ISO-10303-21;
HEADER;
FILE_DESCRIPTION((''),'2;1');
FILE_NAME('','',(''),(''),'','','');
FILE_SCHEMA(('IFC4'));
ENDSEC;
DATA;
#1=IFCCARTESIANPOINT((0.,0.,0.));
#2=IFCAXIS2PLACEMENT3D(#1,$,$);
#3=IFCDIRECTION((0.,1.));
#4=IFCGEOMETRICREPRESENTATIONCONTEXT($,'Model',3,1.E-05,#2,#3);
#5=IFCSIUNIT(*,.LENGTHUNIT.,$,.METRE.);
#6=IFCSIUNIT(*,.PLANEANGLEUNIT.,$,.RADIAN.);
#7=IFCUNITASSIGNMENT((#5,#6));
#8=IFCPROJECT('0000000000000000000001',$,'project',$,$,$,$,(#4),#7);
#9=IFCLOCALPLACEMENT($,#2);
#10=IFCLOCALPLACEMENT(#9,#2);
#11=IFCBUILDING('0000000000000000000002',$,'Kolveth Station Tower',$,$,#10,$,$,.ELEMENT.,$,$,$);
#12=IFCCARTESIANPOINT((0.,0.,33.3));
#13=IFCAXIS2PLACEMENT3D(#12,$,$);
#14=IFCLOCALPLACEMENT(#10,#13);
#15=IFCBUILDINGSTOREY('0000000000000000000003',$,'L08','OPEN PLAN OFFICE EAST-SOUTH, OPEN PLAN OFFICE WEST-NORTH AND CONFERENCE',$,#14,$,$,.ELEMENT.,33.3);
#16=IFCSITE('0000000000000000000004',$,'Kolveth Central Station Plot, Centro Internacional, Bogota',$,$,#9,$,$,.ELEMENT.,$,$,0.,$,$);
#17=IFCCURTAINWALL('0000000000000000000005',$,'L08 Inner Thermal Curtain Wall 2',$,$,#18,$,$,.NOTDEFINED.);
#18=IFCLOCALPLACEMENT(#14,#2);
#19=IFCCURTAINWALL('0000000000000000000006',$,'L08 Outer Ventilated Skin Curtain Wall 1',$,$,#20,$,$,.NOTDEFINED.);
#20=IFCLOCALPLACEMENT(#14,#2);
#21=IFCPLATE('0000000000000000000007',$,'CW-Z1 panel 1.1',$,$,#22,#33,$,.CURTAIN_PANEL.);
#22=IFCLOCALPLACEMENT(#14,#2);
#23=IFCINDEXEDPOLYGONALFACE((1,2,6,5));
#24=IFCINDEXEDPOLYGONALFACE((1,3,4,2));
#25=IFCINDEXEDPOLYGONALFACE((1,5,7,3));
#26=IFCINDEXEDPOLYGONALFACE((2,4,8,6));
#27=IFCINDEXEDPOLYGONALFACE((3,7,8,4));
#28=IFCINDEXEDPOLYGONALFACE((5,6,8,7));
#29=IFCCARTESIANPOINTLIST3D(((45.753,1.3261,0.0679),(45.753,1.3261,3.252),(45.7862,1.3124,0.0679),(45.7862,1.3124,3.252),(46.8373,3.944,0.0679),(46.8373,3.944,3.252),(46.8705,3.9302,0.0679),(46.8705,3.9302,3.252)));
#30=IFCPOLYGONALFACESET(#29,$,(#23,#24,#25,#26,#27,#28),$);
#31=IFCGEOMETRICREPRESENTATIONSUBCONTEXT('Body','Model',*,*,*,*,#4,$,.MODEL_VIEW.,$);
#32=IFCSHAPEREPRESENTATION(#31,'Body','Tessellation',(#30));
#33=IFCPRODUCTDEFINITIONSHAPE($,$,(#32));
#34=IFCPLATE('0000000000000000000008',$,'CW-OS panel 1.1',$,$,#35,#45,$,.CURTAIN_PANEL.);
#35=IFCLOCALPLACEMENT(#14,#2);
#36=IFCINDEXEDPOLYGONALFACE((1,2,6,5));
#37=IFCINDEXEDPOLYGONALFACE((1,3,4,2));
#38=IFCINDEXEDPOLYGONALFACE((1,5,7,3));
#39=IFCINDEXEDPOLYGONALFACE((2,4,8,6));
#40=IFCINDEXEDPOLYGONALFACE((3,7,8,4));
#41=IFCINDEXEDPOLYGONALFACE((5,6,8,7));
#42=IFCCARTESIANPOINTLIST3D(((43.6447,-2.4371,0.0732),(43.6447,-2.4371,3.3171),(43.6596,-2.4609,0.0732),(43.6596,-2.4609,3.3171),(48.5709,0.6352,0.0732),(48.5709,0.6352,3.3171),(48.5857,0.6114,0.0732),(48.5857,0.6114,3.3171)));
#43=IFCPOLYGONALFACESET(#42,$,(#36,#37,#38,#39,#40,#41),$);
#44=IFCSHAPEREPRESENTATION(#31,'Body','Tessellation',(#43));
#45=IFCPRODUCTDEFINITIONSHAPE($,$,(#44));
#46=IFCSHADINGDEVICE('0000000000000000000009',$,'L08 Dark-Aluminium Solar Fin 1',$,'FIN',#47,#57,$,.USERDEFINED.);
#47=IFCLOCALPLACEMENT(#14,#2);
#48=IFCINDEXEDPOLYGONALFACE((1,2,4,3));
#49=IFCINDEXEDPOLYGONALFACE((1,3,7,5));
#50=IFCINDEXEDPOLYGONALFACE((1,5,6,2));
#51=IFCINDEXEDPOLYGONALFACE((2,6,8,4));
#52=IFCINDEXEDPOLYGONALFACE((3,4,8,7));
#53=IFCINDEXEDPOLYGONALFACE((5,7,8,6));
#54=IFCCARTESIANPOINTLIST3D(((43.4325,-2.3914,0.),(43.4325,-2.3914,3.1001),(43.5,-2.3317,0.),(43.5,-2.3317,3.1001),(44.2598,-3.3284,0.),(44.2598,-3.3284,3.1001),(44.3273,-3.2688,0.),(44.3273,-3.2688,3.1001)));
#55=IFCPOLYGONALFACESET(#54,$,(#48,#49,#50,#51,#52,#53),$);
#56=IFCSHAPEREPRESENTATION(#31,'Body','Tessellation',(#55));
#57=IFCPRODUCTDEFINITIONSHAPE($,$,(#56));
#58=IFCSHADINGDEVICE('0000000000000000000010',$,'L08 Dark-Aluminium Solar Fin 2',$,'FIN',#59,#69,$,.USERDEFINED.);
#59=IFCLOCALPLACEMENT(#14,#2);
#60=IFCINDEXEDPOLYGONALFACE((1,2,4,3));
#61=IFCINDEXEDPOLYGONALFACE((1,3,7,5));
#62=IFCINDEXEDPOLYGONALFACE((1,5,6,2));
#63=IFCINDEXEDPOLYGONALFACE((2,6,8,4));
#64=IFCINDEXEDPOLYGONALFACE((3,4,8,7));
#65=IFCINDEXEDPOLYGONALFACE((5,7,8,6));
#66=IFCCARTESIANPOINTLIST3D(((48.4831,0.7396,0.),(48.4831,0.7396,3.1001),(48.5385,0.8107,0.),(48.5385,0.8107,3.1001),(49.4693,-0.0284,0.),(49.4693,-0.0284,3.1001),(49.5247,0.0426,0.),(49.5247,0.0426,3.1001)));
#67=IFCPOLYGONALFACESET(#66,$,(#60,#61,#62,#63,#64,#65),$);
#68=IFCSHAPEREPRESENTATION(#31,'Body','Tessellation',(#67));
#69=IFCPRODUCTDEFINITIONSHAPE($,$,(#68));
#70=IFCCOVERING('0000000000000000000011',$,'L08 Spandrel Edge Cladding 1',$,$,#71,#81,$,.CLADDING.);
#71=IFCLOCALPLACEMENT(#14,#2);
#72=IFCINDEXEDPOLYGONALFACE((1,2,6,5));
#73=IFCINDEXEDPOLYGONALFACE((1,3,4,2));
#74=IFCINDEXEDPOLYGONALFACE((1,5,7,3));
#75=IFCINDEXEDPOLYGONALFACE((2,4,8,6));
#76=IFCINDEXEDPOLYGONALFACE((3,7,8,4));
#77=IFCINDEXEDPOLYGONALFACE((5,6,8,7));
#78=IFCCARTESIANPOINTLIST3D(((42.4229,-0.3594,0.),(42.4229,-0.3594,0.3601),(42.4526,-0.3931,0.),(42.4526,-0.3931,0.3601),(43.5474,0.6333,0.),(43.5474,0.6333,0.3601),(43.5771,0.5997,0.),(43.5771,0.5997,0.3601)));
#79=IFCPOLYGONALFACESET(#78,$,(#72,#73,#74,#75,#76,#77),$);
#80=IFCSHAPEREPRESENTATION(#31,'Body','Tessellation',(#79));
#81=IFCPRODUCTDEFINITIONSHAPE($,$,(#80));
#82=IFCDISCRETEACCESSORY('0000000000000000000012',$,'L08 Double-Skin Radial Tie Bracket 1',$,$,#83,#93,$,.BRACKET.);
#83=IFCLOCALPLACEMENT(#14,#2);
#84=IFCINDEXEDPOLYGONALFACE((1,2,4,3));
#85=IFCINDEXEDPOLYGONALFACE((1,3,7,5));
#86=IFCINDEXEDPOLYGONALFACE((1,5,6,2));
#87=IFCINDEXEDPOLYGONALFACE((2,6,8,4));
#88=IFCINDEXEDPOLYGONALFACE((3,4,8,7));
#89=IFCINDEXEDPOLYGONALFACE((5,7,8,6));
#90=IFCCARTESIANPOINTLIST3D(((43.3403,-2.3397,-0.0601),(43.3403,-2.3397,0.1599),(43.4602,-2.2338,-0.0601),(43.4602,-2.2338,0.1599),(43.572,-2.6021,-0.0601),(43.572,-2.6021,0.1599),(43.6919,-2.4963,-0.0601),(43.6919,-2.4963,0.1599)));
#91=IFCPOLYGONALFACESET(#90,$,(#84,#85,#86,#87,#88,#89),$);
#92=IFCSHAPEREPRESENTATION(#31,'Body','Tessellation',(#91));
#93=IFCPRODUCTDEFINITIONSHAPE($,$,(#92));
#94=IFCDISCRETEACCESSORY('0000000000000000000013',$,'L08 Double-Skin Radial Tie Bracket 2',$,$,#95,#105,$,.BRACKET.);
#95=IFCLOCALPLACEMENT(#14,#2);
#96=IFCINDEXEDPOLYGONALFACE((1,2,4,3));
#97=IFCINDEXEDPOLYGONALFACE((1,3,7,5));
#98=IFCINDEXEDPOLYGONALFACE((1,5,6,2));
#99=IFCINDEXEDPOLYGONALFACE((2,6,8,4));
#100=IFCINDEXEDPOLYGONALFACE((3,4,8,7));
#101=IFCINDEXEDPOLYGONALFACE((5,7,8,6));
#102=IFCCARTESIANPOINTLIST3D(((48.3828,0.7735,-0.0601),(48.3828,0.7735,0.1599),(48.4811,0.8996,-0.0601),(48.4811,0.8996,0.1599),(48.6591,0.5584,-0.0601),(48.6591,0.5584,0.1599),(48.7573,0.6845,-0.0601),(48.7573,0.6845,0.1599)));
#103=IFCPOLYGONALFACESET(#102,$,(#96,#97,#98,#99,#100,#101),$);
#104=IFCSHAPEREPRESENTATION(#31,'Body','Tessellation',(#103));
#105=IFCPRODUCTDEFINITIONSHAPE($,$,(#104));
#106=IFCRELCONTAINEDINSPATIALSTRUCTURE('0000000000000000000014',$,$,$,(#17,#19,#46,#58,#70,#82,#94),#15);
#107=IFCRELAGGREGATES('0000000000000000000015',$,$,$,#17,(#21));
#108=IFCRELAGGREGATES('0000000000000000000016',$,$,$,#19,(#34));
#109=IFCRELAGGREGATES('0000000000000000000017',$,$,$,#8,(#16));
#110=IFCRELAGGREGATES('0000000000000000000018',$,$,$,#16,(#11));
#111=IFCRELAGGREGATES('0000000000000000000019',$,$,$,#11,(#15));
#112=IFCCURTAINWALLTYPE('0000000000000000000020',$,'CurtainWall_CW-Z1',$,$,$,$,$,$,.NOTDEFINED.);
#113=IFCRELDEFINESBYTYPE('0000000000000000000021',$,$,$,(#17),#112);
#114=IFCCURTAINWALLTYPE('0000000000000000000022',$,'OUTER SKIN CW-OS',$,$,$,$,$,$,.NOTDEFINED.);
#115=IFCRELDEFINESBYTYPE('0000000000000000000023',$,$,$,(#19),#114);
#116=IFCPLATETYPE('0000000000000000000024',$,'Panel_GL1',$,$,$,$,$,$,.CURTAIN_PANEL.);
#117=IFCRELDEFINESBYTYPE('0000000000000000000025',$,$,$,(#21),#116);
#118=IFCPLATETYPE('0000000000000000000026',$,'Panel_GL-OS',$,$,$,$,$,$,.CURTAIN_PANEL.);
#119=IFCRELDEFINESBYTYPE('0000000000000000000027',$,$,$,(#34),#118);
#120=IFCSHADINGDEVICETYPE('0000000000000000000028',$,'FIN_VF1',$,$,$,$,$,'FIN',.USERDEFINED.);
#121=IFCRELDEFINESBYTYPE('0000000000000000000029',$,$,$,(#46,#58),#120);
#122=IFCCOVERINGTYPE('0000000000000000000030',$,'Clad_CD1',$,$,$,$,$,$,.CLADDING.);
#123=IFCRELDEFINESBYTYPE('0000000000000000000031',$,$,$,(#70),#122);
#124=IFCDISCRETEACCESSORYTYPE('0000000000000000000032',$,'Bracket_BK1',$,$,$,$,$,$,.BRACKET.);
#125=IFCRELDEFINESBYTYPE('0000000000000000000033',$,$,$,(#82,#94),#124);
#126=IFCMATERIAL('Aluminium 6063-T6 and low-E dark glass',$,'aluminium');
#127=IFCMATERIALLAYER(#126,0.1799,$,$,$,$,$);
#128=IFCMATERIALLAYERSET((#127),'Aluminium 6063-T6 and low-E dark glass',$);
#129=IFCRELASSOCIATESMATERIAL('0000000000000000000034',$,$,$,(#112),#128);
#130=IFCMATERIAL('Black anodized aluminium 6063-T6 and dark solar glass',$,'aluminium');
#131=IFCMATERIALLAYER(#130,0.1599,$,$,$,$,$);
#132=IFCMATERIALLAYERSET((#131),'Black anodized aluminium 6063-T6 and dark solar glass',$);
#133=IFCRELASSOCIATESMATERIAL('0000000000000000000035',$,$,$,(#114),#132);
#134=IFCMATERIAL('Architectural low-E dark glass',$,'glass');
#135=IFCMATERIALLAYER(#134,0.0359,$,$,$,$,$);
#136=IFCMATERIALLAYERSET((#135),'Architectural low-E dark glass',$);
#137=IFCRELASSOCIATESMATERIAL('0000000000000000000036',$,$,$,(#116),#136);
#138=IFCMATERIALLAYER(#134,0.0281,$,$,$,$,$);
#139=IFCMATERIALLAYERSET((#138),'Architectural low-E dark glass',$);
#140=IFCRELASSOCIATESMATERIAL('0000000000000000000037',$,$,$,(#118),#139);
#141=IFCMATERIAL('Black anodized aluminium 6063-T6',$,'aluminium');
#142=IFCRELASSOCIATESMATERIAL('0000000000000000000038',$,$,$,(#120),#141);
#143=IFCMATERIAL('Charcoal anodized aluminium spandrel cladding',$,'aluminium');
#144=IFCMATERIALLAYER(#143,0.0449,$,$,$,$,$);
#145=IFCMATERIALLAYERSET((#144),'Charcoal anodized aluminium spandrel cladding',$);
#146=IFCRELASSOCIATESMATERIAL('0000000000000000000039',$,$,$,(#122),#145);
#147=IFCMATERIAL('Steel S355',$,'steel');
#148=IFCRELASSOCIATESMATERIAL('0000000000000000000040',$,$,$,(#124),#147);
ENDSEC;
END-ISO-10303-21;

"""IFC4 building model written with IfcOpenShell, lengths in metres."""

from ifc_helpers import new_model, si_unit, direction, frame, origin, origin_2d, place, context, subcontext, project, spatial, rectangle, extrude, source, transform, mapped, material, layer, layer_set, type_object, element, aggregate, save


model = new_model("IFC4")

# Units and contexts
model_context = context("Model", 3, precision=1e-05, world=origin(), true_north=direction((0.0, 1.0)))
body_context = subcontext(model_context, "Body", "Model", "MODEL_VIEW")
ifc_project = project(units=[si_unit("LENGTHUNIT", "METRE"), si_unit("PLANEANGLEUNIT", "RADIAN")], contexts=[model_context])

# Site, building, storey
site_placement = place(None, origin())
site = spatial("IfcSite", under=ifc_project, at=site_placement, Name="Kolveth Central Station Plot, Centro Internacional, Bogota", CompositionType="ELEMENT", RefElevation=0.0)
building_placement = place(site_placement, origin())
building = spatial("IfcBuilding", under=site, at=building_placement, Name="Kolveth Station Tower", CompositionType="ELEMENT")
storey_placement = place(building_placement, frame((0.0, 0.0, 33.3)))
storey = spatial("IfcBuildingStorey", under=building, at=storey_placement, Name="L08", Description="OPEN PLAN OFFICE EAST-SOUTH, OPEN PLAN OFFICE WEST-NORTH AND CONFERENCE", CompositionType="ELEMENT", Elevation=33.3)

# Shared definitions
ifc_material_1 = material(Name="Steel S355", Category="steel")

# Curtain wall
ifc_material_2 = material(Name="Aluminium 6063-T6 and low-E dark glass", Category="aluminium")
ifc_layer_1 = layer(ifc_material_2, 0.1799)
ifc_layer_set_1 = layer_set([ifc_layer_1], Name="Aluminium 6063-T6 and low-E dark glass")
curtain_wall_type_1 = type_object("IfcCurtainWallType", Name="CurtainWall_CW-Z1", PredefinedType="NOTDEFINED", material=ifc_layer_set_1)
ifc_material_3 = material(Name="Black anodized aluminium 6063-T6", Category="aluminium")
curtain_wall_1_placement = place(storey_placement, origin())
curtain_wall_1 = element("IfcCurtainWall", 1, at=curtain_wall_1_placement, inside=storey, type_object=curtain_wall_type_1, Name="L08 Inner Thermal Curtain Wall 2", PredefinedType="NOTDEFINED")

# Curtain wall
ifc_material_4 = material(Name="Black anodized aluminium 6063-T6 and dark solar glass", Category="aluminium")
ifc_layer_2 = layer(ifc_material_4, 0.1599)
ifc_layer_set_2 = layer_set([ifc_layer_2], Name="Black anodized aluminium 6063-T6 and dark solar glass")
curtain_wall_type_2 = type_object("IfcCurtainWallType", Name="OUTER SKIN CW-OS", PredefinedType="NOTDEFINED", material=ifc_layer_set_2)
curtain_wall_2_placement = place(storey_placement, origin())
curtain_wall_2 = element("IfcCurtainWall", 2, at=curtain_wall_2_placement, inside=storey, type_object=curtain_wall_type_2, Name="L08 Outer Ventilated Skin Curtain Wall 1", PredefinedType="NOTDEFINED")

# Plates
ifc_material_5 = material(Name="Architectural low-E dark glass", Category="glass")
ifc_layer_3 = layer(ifc_material_5, 0.0359)
ifc_layer_set_3 = layer_set([ifc_layer_3], Name="Architectural low-E dark glass")
plate_type_1 = type_object("IfcPlateType", Name="Panel_GL1", PredefinedType="CURTAIN_PANEL", material=ifc_layer_set_3)
shared_shape_1 = source(origin(), body_context, "Body", "SweptSolid", [
    extrude(rectangle(XDim=2.8335, YDim=0.0359, at=origin_2d()), origin(), (0.0, 0.0, 1.0), 3.1841),
])
plate_1_placement = place(storey_placement, frame((46.3118, 2.6282, 0.0679), z_axis=(0.0, 0.0, 1.0), x_axis=(0.382673, 0.923884, 0.0)))
plate_1 = element("IfcPlate", 3, at=plate_1_placement, type_object=plate_type_1, Name="CW-Z1 panel 1.1", PredefinedType="CURTAIN_PANEL", context=body_context, shape_type="MappedRepresentation", body=[
    mapped(shared_shape_1, transform((0.0, 0.0, 0.0), x_axis=(1.0, 0.0, 0.0), y_axis=(0.0, 1.0, 0.0), z_axis=(0.0, 0.0, 1.0), scale=1.0)),
])
aggregate(curtain_wall_1, [plate_1])
ifc_layer_4 = layer(ifc_material_5, 0.0281)
ifc_layer_set_4 = layer_set([ifc_layer_4], Name="Architectural low-E dark glass")
plate_type_2 = type_object("IfcPlateType", Name="Panel_GL-OS", PredefinedType="CURTAIN_PANEL", material=ifc_layer_set_4)
shared_shape_2 = source(origin(), body_context, "Body", "SweptSolid", [
    extrude(rectangle(XDim=5.8057, YDim=0.0281, at=origin_2d()), origin(), (0.0, 0.0, 1.0), 3.2439),
])
plate_2_placement = place(storey_placement, frame((46.1152, -0.9128, 0.0732), z_axis=(0.0, 0.0, 1.0), x_axis=(0.848508, 0.529183, 0.0)))
plate_2 = element("IfcPlate", 4, at=plate_2_placement, type_object=plate_type_2, Name="CW-OS panel 1.1", PredefinedType="CURTAIN_PANEL", context=body_context, shape_type="MappedRepresentation", body=[
    mapped(shared_shape_2, transform((0.0, 0.0, 0.0), x_axis=(1.0, 0.0, 0.0), y_axis=(0.0, 1.0, 0.0), z_axis=(0.0, 0.0, 1.0), scale=1.0)),
])
aggregate(curtain_wall_2, [plate_2])

# Shading devices
shading_device_type = type_object("IfcShadingDeviceType", Name="FIN_VF1", ElementType="FIN", PredefinedType="USERDEFINED", material=ifc_material_3)
shared_shape_3 = source(origin(), body_context, "Body", "SweptSolid", [
    extrude(rectangle(XDim=1.25, YDim=0.0901, at=origin_2d()), origin(), (0.0, 0.0, 1.0), 3.1001),
])
for number, where, z_axis, x_axis, name in (
    (5, (43.8799, -2.8301, 0.0), (0.0, 0.0, 1.0), (0.661835, -0.749649, 0.0), "L08 Dark-Aluminium Solar Fin 1"),
    (6, (49.0039, 0.3911, 0.0), (0.0, 0.0, 1.0), (0.788977, -0.614423, 0.0), "L08 Dark-Aluminium Solar Fin 2"),
):
    element("IfcShadingDevice", number, at=place(storey_placement, frame(where, z_axis=z_axis, x_axis=x_axis)), inside=storey, type_object=shading_device_type, Name=name, ObjectType="FIN", PredefinedType="USERDEFINED", context=body_context, shape_type="MappedRepresentation", body=[
        mapped(shared_shape_3, transform((0.0, 0.0, 0.0), x_axis=(1.0, 0.0, 0.0), y_axis=(0.0, 1.0, 0.0), z_axis=(0.0, 0.0, 1.0), scale=1.0)),
    ])

# Covering
ifc_material_6 = material(Name="Charcoal anodized aluminium spandrel cladding", Category="aluminium")
ifc_layer_5 = layer(ifc_material_6, 0.0449)
ifc_layer_set_5 = layer_set([ifc_layer_5], Name="Charcoal anodized aluminium spandrel cladding")
covering_type = type_object("IfcCoveringType", Name="Clad_CD1", PredefinedType="CLADDING", material=ifc_layer_set_5)
shared_shape_4 = source(origin(), body_context, "Body", "SweptSolid", [
    extrude(rectangle(XDim=1.5, YDim=0.0449, at=origin_2d()), origin(), (0.0, 0.0, 1.0), 0.3601),
])
covering_placement = place(storey_placement, frame((43.0, 0.1201, 0.0), z_axis=(0.0, 0.0, 1.0), x_axis=(0.749649, 0.661835, 0.0)))
element("IfcCovering", 7, at=covering_placement, inside=storey, type_object=covering_type, Name="L08 Spandrel Edge Cladding 1", PredefinedType="CLADDING", context=body_context, shape_type="MappedRepresentation", body=[
    mapped(shared_shape_4, transform((0.0, 0.0, 0.0), x_axis=(1.0, 0.0, 0.0), y_axis=(0.0, 1.0, 0.0), z_axis=(0.0, 0.0, 1.0), scale=1.0)),
])

# Discrete accessories
discrete_accessory_type = type_object("IfcDiscreteAccessoryType", Name="Bracket_BK1", PredefinedType="BRACKET", material=ifc_material_1)
shared_shape_5 = source(origin(), body_context, "Body", "SweptSolid", [
    extrude(rectangle(XDim=0.3501, YDim=0.1599, at=origin_2d()), origin(), (0.0, 0.0, 1.0), 0.22),
])
for number, where, z_axis, x_axis, name in (
    (8, (43.5161, -2.418, -0.0601), (0.0, 0.0, 1.0), (0.661835, -0.749649, 0.0), "L08 Double-Skin Radial Tie Bracket 1"),
    (9, (48.5701, 0.729, -0.0601), (0.0, 0.0, 1.0), (0.788977, -0.614423, 0.0), "L08 Double-Skin Radial Tie Bracket 2"),
):
    element("IfcDiscreteAccessory", number, at=place(storey_placement, frame(where, z_axis=z_axis, x_axis=x_axis)), inside=storey, type_object=discrete_accessory_type, Name=name, PredefinedType="BRACKET", context=body_context, shape_type="MappedRepresentation", body=[
        mapped(shared_shape_5, transform((0.0, 0.0, 0.0), x_axis=(1.0, 0.0, 0.0), y_axis=(0.0, 1.0, 0.0), z_axis=(0.0, 0.0, 1.0), scale=1.0)),
    ])

save(model, "model.ifc")
